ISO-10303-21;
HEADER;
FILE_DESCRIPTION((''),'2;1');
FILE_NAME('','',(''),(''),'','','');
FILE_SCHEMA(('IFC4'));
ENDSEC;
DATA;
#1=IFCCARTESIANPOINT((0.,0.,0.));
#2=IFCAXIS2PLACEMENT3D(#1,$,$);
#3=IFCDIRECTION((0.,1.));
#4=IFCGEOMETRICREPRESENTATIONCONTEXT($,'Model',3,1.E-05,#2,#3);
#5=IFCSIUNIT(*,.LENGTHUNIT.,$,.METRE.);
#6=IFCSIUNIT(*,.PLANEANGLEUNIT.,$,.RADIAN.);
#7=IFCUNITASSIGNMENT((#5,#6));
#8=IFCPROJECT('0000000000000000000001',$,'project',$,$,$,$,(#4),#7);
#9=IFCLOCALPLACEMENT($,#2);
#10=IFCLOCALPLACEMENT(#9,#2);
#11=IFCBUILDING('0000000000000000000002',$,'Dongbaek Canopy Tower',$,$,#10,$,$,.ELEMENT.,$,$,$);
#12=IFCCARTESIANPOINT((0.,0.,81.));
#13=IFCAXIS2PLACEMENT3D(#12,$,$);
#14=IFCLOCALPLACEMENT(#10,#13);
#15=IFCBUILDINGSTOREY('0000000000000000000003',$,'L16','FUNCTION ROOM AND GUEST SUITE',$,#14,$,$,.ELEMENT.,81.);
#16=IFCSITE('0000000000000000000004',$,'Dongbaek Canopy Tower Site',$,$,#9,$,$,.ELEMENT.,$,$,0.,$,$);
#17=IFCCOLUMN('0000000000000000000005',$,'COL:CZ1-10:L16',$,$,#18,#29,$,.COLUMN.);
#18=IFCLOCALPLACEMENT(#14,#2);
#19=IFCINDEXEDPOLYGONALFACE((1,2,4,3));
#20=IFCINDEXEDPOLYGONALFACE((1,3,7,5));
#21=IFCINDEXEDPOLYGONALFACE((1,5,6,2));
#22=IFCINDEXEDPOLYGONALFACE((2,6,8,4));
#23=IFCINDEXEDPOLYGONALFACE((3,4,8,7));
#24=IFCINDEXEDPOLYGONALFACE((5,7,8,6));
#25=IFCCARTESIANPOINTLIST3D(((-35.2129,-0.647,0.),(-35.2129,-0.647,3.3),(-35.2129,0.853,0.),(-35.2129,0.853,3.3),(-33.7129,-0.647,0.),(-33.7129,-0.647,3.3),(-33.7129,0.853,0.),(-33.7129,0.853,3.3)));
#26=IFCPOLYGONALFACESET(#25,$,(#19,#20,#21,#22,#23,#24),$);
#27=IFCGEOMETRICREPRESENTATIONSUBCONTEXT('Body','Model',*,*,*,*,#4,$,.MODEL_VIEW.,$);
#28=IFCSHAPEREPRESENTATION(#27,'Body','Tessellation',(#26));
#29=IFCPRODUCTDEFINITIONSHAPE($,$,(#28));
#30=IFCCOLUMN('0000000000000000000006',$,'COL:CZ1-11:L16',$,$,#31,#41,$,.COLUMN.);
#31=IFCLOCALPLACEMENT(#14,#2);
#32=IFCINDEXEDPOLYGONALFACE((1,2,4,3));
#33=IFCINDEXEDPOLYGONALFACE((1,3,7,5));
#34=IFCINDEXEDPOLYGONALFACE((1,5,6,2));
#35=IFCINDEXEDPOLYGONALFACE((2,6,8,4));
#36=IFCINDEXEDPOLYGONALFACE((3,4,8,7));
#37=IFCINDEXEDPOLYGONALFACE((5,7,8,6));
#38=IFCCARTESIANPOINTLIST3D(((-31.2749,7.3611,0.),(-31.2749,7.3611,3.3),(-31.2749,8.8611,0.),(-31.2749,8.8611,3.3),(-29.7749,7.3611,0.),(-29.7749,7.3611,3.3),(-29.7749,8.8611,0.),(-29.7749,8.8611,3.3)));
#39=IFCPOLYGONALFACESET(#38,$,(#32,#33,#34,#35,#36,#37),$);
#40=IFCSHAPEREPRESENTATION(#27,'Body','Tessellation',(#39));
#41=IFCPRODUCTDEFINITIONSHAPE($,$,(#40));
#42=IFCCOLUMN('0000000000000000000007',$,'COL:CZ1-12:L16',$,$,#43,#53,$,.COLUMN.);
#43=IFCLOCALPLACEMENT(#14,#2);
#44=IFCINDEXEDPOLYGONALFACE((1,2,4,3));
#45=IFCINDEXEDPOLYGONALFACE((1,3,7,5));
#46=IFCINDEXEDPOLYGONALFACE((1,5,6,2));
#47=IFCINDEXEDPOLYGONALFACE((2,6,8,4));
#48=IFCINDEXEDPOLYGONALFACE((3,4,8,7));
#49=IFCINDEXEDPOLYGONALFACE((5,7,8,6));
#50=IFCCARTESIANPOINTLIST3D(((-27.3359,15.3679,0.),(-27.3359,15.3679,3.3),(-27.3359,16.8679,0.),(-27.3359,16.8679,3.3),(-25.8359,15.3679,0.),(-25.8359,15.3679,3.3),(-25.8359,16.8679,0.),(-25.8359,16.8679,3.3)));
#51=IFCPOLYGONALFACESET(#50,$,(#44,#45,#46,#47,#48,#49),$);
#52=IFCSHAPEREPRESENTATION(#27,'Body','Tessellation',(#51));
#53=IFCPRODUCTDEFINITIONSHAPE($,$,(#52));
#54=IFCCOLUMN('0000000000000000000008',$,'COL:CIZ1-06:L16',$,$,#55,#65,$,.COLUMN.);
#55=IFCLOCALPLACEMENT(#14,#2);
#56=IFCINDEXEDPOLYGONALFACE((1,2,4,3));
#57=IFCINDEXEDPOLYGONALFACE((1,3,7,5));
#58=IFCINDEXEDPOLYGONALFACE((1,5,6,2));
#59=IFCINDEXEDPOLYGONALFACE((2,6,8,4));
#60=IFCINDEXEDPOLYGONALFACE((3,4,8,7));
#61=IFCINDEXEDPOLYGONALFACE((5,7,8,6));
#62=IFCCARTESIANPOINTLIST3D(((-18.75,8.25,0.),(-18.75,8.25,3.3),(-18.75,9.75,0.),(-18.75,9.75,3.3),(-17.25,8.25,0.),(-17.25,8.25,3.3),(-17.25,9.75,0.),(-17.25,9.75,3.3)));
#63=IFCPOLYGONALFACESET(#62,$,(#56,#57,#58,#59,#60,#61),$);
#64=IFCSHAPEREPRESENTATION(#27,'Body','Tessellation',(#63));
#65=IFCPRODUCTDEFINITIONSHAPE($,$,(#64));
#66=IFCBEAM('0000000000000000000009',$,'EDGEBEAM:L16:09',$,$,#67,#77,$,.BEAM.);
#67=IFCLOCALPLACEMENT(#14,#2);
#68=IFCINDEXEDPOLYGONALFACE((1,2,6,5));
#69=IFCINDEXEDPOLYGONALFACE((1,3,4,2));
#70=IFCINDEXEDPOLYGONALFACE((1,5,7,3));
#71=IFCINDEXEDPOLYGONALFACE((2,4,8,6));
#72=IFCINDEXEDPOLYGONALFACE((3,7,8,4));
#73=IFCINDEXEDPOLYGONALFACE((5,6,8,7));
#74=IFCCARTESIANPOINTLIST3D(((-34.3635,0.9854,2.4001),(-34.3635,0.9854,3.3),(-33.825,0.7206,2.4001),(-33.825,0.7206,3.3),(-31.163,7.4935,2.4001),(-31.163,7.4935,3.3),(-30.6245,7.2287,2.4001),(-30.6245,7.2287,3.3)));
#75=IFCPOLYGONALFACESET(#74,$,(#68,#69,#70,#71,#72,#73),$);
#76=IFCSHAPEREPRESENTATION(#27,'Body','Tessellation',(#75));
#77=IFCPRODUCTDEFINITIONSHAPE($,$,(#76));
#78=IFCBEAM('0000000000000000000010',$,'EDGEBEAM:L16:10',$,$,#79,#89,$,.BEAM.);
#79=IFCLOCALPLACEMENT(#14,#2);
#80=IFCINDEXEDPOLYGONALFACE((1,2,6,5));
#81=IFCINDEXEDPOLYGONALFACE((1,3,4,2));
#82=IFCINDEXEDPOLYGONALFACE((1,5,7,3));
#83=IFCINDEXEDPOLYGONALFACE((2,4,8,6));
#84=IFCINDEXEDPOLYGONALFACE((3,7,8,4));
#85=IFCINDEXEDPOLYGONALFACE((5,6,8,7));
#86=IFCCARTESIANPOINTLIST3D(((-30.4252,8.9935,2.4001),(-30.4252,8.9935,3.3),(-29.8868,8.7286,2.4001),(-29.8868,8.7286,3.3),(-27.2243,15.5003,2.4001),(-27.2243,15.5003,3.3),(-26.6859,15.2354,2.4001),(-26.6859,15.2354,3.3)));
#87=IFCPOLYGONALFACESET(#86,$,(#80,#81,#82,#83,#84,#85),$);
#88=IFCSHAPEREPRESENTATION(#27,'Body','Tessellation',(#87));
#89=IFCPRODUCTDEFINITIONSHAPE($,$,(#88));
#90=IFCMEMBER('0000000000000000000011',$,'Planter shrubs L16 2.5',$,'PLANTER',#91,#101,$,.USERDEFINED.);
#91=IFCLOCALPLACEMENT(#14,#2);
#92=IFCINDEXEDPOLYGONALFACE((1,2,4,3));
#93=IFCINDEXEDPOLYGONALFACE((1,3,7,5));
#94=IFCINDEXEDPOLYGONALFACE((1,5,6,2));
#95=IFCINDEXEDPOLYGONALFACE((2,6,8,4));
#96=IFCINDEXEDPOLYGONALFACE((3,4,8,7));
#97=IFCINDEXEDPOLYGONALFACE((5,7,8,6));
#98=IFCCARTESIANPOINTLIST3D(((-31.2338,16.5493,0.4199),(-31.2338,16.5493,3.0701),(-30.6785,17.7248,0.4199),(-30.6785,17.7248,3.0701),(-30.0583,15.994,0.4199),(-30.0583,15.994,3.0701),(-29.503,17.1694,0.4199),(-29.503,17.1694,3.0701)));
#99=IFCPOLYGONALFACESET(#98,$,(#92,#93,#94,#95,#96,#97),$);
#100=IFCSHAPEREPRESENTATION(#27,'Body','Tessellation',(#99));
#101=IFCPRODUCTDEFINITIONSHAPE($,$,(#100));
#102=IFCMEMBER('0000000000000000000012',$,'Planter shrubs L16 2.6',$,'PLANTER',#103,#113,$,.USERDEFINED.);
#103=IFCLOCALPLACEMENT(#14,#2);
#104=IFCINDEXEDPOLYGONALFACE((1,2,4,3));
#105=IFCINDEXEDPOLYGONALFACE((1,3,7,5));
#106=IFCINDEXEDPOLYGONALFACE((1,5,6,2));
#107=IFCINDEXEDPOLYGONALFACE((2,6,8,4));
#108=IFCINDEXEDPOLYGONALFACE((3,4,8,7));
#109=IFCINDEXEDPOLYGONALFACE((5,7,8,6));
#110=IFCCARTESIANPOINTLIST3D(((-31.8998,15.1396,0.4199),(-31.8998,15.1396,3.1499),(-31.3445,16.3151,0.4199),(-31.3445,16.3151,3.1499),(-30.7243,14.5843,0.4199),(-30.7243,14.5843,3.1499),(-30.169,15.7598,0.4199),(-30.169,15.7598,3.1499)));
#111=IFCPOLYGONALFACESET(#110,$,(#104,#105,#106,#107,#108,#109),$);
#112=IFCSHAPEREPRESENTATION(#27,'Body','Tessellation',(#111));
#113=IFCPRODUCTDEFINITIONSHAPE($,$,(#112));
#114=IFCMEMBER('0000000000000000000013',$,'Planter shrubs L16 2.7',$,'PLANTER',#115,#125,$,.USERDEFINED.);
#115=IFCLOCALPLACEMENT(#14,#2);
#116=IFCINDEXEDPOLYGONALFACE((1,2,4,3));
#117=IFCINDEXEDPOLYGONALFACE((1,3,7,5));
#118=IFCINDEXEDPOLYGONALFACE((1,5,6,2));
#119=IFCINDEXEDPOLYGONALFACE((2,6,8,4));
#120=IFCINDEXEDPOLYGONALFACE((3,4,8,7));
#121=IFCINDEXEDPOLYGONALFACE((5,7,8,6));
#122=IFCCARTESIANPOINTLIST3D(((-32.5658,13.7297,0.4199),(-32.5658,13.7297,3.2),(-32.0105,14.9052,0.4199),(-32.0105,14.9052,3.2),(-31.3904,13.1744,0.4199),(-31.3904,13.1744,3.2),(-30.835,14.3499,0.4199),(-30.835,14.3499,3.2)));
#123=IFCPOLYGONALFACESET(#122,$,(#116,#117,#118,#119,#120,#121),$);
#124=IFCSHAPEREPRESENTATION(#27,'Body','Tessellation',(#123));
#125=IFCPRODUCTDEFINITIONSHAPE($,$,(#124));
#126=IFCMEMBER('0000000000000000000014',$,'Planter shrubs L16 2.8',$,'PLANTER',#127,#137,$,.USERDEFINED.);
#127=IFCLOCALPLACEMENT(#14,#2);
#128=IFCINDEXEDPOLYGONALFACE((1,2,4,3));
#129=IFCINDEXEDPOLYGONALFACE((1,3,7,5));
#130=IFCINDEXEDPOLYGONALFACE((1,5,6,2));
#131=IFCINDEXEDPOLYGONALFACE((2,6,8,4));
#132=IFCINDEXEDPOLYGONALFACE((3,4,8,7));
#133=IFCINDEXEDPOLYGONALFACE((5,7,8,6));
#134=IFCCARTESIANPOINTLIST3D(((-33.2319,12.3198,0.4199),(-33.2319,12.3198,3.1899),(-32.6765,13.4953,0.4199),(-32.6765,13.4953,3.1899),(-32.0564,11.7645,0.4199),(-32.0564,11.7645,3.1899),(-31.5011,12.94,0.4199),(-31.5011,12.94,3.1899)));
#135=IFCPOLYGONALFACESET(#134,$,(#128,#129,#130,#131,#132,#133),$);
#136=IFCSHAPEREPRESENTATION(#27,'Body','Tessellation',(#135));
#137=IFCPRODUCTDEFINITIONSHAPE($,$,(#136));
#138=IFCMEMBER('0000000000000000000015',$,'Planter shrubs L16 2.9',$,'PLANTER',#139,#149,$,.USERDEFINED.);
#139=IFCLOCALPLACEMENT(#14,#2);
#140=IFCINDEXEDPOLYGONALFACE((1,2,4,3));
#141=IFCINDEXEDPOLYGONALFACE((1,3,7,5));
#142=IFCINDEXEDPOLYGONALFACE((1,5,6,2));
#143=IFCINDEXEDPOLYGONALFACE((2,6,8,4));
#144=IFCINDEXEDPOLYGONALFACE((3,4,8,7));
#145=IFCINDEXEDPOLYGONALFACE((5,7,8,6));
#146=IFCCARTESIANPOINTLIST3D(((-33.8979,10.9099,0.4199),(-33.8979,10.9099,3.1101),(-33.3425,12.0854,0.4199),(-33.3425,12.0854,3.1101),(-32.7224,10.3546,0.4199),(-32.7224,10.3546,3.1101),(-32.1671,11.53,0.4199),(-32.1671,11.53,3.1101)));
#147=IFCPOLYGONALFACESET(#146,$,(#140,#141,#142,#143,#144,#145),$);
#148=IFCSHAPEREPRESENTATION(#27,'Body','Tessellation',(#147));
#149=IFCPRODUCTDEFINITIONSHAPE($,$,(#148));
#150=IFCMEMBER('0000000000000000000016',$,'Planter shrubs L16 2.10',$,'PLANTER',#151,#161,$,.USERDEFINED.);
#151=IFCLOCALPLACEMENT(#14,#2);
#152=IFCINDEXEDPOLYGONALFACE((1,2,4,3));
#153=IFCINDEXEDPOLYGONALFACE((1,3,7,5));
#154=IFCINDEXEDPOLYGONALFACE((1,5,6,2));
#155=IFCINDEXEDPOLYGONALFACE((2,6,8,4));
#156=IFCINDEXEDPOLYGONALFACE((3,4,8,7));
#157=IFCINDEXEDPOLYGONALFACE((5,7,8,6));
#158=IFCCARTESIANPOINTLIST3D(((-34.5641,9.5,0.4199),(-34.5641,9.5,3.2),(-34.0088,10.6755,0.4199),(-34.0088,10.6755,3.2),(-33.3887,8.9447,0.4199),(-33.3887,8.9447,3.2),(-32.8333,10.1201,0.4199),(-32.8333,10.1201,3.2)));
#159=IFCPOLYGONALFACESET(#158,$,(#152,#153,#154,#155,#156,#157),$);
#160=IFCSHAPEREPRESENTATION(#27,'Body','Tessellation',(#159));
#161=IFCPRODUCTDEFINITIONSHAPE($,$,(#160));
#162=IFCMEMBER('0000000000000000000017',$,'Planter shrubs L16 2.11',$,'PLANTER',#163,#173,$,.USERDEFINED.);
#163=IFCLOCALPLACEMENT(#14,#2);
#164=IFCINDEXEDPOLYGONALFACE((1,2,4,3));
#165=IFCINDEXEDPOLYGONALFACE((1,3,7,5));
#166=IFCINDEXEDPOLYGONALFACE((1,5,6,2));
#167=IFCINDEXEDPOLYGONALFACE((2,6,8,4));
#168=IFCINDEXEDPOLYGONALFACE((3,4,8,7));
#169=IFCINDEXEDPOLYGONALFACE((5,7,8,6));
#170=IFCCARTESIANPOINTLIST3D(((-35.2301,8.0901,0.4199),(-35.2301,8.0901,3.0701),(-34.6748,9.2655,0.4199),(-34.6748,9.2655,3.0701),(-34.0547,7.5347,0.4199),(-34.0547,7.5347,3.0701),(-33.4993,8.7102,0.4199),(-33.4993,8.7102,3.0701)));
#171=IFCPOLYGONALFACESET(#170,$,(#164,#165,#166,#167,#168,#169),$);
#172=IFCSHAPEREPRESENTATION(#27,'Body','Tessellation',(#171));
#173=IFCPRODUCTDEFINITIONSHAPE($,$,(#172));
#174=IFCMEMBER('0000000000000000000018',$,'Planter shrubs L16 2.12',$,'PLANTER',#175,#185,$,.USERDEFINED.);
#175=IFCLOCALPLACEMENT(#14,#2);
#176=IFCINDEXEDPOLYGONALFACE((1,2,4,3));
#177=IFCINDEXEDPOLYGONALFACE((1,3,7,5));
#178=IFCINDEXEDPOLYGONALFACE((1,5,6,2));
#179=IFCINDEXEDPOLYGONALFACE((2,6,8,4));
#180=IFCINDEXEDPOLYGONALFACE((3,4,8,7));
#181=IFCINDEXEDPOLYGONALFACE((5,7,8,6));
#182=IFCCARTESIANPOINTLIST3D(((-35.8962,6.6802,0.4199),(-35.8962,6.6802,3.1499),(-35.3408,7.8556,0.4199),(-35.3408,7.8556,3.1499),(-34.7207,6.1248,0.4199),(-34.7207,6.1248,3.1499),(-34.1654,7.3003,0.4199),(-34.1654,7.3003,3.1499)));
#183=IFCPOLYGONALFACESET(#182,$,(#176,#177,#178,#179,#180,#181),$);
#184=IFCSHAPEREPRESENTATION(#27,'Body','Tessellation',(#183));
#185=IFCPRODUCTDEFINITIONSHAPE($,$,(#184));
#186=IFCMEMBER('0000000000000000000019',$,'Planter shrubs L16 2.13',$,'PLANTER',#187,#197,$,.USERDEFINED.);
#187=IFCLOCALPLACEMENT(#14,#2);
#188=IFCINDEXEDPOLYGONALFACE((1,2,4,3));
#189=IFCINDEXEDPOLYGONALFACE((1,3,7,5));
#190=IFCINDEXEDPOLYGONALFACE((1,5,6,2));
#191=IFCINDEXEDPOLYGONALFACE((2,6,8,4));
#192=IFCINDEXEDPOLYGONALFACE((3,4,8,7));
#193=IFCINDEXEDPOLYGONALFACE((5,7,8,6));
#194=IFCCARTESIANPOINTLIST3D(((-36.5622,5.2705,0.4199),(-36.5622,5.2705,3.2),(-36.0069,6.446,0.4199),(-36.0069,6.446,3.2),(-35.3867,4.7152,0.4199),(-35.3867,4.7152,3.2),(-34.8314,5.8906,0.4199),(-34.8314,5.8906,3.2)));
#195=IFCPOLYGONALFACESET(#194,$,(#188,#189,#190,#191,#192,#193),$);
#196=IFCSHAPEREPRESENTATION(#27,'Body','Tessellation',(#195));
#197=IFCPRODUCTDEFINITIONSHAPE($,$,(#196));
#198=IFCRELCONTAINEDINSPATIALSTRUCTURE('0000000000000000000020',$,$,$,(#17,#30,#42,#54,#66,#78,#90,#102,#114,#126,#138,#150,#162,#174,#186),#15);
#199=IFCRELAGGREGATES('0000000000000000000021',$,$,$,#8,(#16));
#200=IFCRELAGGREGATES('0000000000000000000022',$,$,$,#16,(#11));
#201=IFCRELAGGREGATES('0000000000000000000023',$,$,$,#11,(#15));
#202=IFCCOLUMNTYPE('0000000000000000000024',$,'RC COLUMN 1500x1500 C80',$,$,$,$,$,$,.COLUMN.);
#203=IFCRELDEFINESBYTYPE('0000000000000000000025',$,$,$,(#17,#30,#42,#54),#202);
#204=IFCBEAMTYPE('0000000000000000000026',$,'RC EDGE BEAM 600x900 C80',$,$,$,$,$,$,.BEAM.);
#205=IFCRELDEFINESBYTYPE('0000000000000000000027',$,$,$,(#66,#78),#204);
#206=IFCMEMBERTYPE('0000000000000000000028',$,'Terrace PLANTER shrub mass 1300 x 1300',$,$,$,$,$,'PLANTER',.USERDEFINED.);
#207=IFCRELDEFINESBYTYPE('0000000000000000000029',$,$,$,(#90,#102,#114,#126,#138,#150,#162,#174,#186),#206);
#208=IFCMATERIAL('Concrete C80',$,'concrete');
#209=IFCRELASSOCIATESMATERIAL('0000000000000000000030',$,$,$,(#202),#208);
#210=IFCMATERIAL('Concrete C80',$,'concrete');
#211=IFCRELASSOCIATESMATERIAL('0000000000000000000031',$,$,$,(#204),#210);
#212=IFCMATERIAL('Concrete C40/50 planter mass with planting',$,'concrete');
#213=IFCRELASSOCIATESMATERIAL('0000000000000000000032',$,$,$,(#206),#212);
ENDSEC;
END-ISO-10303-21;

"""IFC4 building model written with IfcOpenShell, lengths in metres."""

from ifc_helpers import new_model, si_unit, direction, frame, origin, origin_2d, place, context, subcontext, project, spatial, rectangle, extrude, material, material_profile, profile_set, type_object, element, save


model = new_model("IFC4")

# Units and contexts
model_context = context("Model", 3, precision=1e-05, world=origin(), true_north=direction((0.0, 1.0)))
body_context = subcontext(model_context, "Body", "Model", "MODEL_VIEW")
ifc_project = project(units=[si_unit("LENGTHUNIT", "METRE"), si_unit("PLANEANGLEUNIT", "RADIAN")], contexts=[model_context])

# Site, building, storey
site_placement = place(None, origin())
site = spatial("IfcSite", under=ifc_project, at=site_placement, Name="Dongbaek Canopy Tower Site", CompositionType="ELEMENT", RefElevation=0.0)
building_placement = place(site_placement, origin())
building = spatial("IfcBuilding", under=site, at=building_placement, Name="Dongbaek Canopy Tower", CompositionType="ELEMENT")
storey_placement = place(building_placement, frame((0.0, 0.0, 81.0)))
storey = spatial("IfcBuildingStorey", under=building, at=storey_placement, Name="L16", Description="FUNCTION ROOM AND GUEST SUITE", CompositionType="ELEMENT", Elevation=81.0)

# Columns
ifc_material_1 = material(Name="Concrete C80", Category="concrete")
ifc_material_profile_1 = material_profile(ifc_material_1, rectangle(XDim=1.5, YDim=1.5, at=origin_2d()), Name="RC COLUMN 1500x1500 C80")
ifc_profile_set_1 = profile_set([ifc_material_profile_1], Name="Concrete C80")
column_type = type_object("IfcColumnType", Name="RC COLUMN 1500x1500 C80", PredefinedType="COLUMN", material=ifc_profile_set_1)
for number, where, z_axis, x_axis, name in (
    (1, (-34.4629, 0.103, 0.0), (0.0, 0.0, 1.0), (1.0, 0.0, 0.0), "COL:CZ1-10:L16"),
    (2, (-30.5249, 8.1111, 0.0), (0.0, 0.0, 1.0), (1.0, 0.0, 0.0), "COL:CZ1-11:L16"),
    (3, (-26.5859, 16.1179, 0.0), (0.0, 0.0, 1.0), (1.0, 0.0, 0.0), "COL:CZ1-12:L16"),
    (4, (-18.0, 9.0, 0.0), (0.0, 0.0, 1.0), (1.0, 0.0, 0.0), "COL:CIZ1-06:L16"),
):
    element("IfcColumn", number, at=place(storey_placement, frame(where, z_axis=z_axis, x_axis=x_axis)), inside=storey, type_object=column_type, Name=name, PredefinedType="COLUMN", context=body_context, shape_type="SweptSolid", body=[
        extrude(rectangle(XDim=1.5, YDim=1.5, at=origin_2d()), origin(), (0.0, 0.0, 1.0), 3.3),
    ])

# Beams
ifc_material_2 = material(Name="Concrete C80", Category="concrete")
ifc_material_profile_2 = material_profile(ifc_material_2, rectangle(XDim=0.6001, YDim=0.8999, at=origin_2d()), Name="RC EDGE BEAM 600x900 C80")
ifc_profile_set_2 = profile_set([ifc_material_profile_2], Name="Concrete C80")
beam_type = type_object("IfcBeamType", Name="RC EDGE BEAM 600x900 C80", PredefinedType="BEAM", material=ifc_profile_set_2)
beam_1_placement = place(storey_placement, frame((-34.0942, 0.853, 2.8501), z_axis=(0.441293, 0.897363, 0.0), x_axis=(-0.897363, 0.441293, 0.0)))
element("IfcBeam", 5, at=beam_1_placement, inside=storey, type_object=beam_type, Name="EDGEBEAM:L16:09", PredefinedType="BEAM", context=body_context, shape_type="SweptSolid", body=[
    extrude(rectangle(XDim=0.6001, YDim=0.8999, at=origin_2d()), origin(), (0.0, 0.0, 1.0), 7.2524),
])
beam_2_placement = place(storey_placement, frame((-30.156, 8.8611, 2.8501), z_axis=(0.441413, 0.897304, 0.0), x_axis=(-0.897304, 0.441413, 0.0)))
element("IfcBeam", 6, at=beam_2_placement, inside=storey, type_object=beam_type, Name="EDGEBEAM:L16:10", PredefinedType="BEAM", context=body_context, shape_type="SweptSolid", body=[
    extrude(rectangle(XDim=0.6001, YDim=0.8999, at=origin_2d()), origin(), (0.0, 0.0, 1.0), 7.2515),
])

# Members
ifc_material_3 = material(Name="Concrete C40/50 planter mass with planting", Category="concrete")
ifc_material_profile_3 = material_profile(ifc_material_3, rectangle(XDim=1.3, YDim=1.3, at=origin_2d()), Name="Terrace PLANTER shrub mass 1300 x 1300")
ifc_profile_set_3 = profile_set([ifc_material_profile_3], Name="Concrete C40/50 planter mass with planting")
member_type = type_object("IfcMemberType", Name="Terrace PLANTER shrub mass 1300 x 1300", ElementType="PLANTER", PredefinedType="USERDEFINED", material=ifc_profile_set_3)
member_1_placement = place(storey_placement, frame((-30.3684, 16.8594, 0.4199), z_axis=(0.0, 0.0, 1.0), x_axis=(-0.904177, 0.427157, 0.0)))
element("IfcMember", 7, at=member_1_placement, inside=storey, type_object=member_type, Name="Planter shrubs L16 2.5", ObjectType="PLANTER", PredefinedType="USERDEFINED", context=body_context, shape_type="SweptSolid", body=[
    extrude(rectangle(XDim=1.3, YDim=1.3, at=origin_2d()), origin(), (0.0, 0.0, 1.0), 2.6501),
])
member_2_placement = place(storey_placement, frame((-31.0344, 15.4497, 0.4199), z_axis=(0.0, 0.0, 1.0), x_axis=(-0.904177, 0.427157, 0.0)))
element("IfcMember", 8, at=member_2_placement, inside=storey, type_object=member_type, Name="Planter shrubs L16 2.6", ObjectType="PLANTER", PredefinedType="USERDEFINED", context=body_context, shape_type="SweptSolid", body=[
    extrude(rectangle(XDim=1.3, YDim=1.3, at=origin_2d()), origin(), (0.0, 0.0, 1.0), 2.73),
])
member_3_placement = place(storey_placement, frame((-31.7004, 14.0398, 0.4199), z_axis=(0.0, 0.0, 1.0), x_axis=(-0.904177, 0.427157, 0.0)))
element("IfcMember", 9, at=member_3_placement, inside=storey, type_object=member_type, Name="Planter shrubs L16 2.7", ObjectType="PLANTER", PredefinedType="USERDEFINED", context=body_context, shape_type="SweptSolid", body=[
    extrude(rectangle(XDim=1.3, YDim=1.3, at=origin_2d()), origin(), (0.0, 0.0, 1.0), 2.78),
])
member_4_placement = place(storey_placement, frame((-32.3665, 12.6299, 0.4199), z_axis=(0.0, 0.0, 1.0), x_axis=(-0.904177, 0.427157, 0.0)))
element("IfcMember", 10, at=member_4_placement, inside=storey, type_object=member_type, Name="Planter shrubs L16 2.8", ObjectType="PLANTER", PredefinedType="USERDEFINED", context=body_context, shape_type="SweptSolid", body=[
    extrude(rectangle(XDim=1.3, YDim=1.3, at=origin_2d()), origin(), (0.0, 0.0, 1.0), 2.77),
])
member_5_placement = place(storey_placement, frame((-33.0325, 11.22, 0.4199), z_axis=(0.0, 0.0, 1.0), x_axis=(-0.904177, 0.427157, 0.0)))
element("IfcMember", 11, at=member_5_placement, inside=storey, type_object=member_type, Name="Planter shrubs L16 2.9", ObjectType="PLANTER", PredefinedType="USERDEFINED", context=body_context, shape_type="SweptSolid", body=[
    extrude(rectangle(XDim=1.3, YDim=1.3, at=origin_2d()), origin(), (0.0, 0.0, 1.0), 2.6902),
])
member_6_placement = place(storey_placement, frame((-33.6987, 9.8101, 0.4199), z_axis=(0.0, 0.0, 1.0), x_axis=(-0.904177, 0.427157, 0.0)))
element("IfcMember", 12, at=member_6_placement, inside=storey, type_object=member_type, Name="Planter shrubs L16 2.10", ObjectType="PLANTER", PredefinedType="USERDEFINED", context=body_context, shape_type="SweptSolid", body=[
    extrude(rectangle(XDim=1.3, YDim=1.3, at=origin_2d()), origin(), (0.0, 0.0, 1.0), 2.78),
])
member_7_placement = place(storey_placement, frame((-34.3647, 8.4001, 0.4199), z_axis=(0.0, 0.0, 1.0), x_axis=(-0.904177, 0.427157, 0.0)))
element("IfcMember", 13, at=member_7_placement, inside=storey, type_object=member_type, Name="Planter shrubs L16 2.11", ObjectType="PLANTER", PredefinedType="USERDEFINED", context=body_context, shape_type="SweptSolid", body=[
    extrude(rectangle(XDim=1.3, YDim=1.3, at=origin_2d()), origin(), (0.0, 0.0, 1.0), 2.6501),
])
member_8_placement = place(storey_placement, frame((-35.0308, 6.9902, 0.4199), z_axis=(0.0, 0.0, 1.0), x_axis=(-0.904177, 0.427157, 0.0)))
element("IfcMember", 14, at=member_8_placement, inside=storey, type_object=member_type, Name="Planter shrubs L16 2.12", ObjectType="PLANTER", PredefinedType="USERDEFINED", context=body_context, shape_type="SweptSolid", body=[
    extrude(rectangle(XDim=1.3, YDim=1.3, at=origin_2d()), origin(), (0.0, 0.0, 1.0), 2.73),
])
member_9_placement = place(storey_placement, frame((-35.6968, 5.5806, 0.4199), z_axis=(0.0, 0.0, 1.0), x_axis=(-0.904177, 0.427157, 0.0)))
element("IfcMember", 15, at=member_9_placement, inside=storey, type_object=member_type, Name="Planter shrubs L16 2.13", ObjectType="PLANTER", PredefinedType="USERDEFINED", context=body_context, shape_type="SweptSolid", body=[
    extrude(rectangle(XDim=1.3, YDim=1.3, at=origin_2d()), origin(), (0.0, 0.0, 1.0), 2.78),
])

save(model, "model.ifc")
